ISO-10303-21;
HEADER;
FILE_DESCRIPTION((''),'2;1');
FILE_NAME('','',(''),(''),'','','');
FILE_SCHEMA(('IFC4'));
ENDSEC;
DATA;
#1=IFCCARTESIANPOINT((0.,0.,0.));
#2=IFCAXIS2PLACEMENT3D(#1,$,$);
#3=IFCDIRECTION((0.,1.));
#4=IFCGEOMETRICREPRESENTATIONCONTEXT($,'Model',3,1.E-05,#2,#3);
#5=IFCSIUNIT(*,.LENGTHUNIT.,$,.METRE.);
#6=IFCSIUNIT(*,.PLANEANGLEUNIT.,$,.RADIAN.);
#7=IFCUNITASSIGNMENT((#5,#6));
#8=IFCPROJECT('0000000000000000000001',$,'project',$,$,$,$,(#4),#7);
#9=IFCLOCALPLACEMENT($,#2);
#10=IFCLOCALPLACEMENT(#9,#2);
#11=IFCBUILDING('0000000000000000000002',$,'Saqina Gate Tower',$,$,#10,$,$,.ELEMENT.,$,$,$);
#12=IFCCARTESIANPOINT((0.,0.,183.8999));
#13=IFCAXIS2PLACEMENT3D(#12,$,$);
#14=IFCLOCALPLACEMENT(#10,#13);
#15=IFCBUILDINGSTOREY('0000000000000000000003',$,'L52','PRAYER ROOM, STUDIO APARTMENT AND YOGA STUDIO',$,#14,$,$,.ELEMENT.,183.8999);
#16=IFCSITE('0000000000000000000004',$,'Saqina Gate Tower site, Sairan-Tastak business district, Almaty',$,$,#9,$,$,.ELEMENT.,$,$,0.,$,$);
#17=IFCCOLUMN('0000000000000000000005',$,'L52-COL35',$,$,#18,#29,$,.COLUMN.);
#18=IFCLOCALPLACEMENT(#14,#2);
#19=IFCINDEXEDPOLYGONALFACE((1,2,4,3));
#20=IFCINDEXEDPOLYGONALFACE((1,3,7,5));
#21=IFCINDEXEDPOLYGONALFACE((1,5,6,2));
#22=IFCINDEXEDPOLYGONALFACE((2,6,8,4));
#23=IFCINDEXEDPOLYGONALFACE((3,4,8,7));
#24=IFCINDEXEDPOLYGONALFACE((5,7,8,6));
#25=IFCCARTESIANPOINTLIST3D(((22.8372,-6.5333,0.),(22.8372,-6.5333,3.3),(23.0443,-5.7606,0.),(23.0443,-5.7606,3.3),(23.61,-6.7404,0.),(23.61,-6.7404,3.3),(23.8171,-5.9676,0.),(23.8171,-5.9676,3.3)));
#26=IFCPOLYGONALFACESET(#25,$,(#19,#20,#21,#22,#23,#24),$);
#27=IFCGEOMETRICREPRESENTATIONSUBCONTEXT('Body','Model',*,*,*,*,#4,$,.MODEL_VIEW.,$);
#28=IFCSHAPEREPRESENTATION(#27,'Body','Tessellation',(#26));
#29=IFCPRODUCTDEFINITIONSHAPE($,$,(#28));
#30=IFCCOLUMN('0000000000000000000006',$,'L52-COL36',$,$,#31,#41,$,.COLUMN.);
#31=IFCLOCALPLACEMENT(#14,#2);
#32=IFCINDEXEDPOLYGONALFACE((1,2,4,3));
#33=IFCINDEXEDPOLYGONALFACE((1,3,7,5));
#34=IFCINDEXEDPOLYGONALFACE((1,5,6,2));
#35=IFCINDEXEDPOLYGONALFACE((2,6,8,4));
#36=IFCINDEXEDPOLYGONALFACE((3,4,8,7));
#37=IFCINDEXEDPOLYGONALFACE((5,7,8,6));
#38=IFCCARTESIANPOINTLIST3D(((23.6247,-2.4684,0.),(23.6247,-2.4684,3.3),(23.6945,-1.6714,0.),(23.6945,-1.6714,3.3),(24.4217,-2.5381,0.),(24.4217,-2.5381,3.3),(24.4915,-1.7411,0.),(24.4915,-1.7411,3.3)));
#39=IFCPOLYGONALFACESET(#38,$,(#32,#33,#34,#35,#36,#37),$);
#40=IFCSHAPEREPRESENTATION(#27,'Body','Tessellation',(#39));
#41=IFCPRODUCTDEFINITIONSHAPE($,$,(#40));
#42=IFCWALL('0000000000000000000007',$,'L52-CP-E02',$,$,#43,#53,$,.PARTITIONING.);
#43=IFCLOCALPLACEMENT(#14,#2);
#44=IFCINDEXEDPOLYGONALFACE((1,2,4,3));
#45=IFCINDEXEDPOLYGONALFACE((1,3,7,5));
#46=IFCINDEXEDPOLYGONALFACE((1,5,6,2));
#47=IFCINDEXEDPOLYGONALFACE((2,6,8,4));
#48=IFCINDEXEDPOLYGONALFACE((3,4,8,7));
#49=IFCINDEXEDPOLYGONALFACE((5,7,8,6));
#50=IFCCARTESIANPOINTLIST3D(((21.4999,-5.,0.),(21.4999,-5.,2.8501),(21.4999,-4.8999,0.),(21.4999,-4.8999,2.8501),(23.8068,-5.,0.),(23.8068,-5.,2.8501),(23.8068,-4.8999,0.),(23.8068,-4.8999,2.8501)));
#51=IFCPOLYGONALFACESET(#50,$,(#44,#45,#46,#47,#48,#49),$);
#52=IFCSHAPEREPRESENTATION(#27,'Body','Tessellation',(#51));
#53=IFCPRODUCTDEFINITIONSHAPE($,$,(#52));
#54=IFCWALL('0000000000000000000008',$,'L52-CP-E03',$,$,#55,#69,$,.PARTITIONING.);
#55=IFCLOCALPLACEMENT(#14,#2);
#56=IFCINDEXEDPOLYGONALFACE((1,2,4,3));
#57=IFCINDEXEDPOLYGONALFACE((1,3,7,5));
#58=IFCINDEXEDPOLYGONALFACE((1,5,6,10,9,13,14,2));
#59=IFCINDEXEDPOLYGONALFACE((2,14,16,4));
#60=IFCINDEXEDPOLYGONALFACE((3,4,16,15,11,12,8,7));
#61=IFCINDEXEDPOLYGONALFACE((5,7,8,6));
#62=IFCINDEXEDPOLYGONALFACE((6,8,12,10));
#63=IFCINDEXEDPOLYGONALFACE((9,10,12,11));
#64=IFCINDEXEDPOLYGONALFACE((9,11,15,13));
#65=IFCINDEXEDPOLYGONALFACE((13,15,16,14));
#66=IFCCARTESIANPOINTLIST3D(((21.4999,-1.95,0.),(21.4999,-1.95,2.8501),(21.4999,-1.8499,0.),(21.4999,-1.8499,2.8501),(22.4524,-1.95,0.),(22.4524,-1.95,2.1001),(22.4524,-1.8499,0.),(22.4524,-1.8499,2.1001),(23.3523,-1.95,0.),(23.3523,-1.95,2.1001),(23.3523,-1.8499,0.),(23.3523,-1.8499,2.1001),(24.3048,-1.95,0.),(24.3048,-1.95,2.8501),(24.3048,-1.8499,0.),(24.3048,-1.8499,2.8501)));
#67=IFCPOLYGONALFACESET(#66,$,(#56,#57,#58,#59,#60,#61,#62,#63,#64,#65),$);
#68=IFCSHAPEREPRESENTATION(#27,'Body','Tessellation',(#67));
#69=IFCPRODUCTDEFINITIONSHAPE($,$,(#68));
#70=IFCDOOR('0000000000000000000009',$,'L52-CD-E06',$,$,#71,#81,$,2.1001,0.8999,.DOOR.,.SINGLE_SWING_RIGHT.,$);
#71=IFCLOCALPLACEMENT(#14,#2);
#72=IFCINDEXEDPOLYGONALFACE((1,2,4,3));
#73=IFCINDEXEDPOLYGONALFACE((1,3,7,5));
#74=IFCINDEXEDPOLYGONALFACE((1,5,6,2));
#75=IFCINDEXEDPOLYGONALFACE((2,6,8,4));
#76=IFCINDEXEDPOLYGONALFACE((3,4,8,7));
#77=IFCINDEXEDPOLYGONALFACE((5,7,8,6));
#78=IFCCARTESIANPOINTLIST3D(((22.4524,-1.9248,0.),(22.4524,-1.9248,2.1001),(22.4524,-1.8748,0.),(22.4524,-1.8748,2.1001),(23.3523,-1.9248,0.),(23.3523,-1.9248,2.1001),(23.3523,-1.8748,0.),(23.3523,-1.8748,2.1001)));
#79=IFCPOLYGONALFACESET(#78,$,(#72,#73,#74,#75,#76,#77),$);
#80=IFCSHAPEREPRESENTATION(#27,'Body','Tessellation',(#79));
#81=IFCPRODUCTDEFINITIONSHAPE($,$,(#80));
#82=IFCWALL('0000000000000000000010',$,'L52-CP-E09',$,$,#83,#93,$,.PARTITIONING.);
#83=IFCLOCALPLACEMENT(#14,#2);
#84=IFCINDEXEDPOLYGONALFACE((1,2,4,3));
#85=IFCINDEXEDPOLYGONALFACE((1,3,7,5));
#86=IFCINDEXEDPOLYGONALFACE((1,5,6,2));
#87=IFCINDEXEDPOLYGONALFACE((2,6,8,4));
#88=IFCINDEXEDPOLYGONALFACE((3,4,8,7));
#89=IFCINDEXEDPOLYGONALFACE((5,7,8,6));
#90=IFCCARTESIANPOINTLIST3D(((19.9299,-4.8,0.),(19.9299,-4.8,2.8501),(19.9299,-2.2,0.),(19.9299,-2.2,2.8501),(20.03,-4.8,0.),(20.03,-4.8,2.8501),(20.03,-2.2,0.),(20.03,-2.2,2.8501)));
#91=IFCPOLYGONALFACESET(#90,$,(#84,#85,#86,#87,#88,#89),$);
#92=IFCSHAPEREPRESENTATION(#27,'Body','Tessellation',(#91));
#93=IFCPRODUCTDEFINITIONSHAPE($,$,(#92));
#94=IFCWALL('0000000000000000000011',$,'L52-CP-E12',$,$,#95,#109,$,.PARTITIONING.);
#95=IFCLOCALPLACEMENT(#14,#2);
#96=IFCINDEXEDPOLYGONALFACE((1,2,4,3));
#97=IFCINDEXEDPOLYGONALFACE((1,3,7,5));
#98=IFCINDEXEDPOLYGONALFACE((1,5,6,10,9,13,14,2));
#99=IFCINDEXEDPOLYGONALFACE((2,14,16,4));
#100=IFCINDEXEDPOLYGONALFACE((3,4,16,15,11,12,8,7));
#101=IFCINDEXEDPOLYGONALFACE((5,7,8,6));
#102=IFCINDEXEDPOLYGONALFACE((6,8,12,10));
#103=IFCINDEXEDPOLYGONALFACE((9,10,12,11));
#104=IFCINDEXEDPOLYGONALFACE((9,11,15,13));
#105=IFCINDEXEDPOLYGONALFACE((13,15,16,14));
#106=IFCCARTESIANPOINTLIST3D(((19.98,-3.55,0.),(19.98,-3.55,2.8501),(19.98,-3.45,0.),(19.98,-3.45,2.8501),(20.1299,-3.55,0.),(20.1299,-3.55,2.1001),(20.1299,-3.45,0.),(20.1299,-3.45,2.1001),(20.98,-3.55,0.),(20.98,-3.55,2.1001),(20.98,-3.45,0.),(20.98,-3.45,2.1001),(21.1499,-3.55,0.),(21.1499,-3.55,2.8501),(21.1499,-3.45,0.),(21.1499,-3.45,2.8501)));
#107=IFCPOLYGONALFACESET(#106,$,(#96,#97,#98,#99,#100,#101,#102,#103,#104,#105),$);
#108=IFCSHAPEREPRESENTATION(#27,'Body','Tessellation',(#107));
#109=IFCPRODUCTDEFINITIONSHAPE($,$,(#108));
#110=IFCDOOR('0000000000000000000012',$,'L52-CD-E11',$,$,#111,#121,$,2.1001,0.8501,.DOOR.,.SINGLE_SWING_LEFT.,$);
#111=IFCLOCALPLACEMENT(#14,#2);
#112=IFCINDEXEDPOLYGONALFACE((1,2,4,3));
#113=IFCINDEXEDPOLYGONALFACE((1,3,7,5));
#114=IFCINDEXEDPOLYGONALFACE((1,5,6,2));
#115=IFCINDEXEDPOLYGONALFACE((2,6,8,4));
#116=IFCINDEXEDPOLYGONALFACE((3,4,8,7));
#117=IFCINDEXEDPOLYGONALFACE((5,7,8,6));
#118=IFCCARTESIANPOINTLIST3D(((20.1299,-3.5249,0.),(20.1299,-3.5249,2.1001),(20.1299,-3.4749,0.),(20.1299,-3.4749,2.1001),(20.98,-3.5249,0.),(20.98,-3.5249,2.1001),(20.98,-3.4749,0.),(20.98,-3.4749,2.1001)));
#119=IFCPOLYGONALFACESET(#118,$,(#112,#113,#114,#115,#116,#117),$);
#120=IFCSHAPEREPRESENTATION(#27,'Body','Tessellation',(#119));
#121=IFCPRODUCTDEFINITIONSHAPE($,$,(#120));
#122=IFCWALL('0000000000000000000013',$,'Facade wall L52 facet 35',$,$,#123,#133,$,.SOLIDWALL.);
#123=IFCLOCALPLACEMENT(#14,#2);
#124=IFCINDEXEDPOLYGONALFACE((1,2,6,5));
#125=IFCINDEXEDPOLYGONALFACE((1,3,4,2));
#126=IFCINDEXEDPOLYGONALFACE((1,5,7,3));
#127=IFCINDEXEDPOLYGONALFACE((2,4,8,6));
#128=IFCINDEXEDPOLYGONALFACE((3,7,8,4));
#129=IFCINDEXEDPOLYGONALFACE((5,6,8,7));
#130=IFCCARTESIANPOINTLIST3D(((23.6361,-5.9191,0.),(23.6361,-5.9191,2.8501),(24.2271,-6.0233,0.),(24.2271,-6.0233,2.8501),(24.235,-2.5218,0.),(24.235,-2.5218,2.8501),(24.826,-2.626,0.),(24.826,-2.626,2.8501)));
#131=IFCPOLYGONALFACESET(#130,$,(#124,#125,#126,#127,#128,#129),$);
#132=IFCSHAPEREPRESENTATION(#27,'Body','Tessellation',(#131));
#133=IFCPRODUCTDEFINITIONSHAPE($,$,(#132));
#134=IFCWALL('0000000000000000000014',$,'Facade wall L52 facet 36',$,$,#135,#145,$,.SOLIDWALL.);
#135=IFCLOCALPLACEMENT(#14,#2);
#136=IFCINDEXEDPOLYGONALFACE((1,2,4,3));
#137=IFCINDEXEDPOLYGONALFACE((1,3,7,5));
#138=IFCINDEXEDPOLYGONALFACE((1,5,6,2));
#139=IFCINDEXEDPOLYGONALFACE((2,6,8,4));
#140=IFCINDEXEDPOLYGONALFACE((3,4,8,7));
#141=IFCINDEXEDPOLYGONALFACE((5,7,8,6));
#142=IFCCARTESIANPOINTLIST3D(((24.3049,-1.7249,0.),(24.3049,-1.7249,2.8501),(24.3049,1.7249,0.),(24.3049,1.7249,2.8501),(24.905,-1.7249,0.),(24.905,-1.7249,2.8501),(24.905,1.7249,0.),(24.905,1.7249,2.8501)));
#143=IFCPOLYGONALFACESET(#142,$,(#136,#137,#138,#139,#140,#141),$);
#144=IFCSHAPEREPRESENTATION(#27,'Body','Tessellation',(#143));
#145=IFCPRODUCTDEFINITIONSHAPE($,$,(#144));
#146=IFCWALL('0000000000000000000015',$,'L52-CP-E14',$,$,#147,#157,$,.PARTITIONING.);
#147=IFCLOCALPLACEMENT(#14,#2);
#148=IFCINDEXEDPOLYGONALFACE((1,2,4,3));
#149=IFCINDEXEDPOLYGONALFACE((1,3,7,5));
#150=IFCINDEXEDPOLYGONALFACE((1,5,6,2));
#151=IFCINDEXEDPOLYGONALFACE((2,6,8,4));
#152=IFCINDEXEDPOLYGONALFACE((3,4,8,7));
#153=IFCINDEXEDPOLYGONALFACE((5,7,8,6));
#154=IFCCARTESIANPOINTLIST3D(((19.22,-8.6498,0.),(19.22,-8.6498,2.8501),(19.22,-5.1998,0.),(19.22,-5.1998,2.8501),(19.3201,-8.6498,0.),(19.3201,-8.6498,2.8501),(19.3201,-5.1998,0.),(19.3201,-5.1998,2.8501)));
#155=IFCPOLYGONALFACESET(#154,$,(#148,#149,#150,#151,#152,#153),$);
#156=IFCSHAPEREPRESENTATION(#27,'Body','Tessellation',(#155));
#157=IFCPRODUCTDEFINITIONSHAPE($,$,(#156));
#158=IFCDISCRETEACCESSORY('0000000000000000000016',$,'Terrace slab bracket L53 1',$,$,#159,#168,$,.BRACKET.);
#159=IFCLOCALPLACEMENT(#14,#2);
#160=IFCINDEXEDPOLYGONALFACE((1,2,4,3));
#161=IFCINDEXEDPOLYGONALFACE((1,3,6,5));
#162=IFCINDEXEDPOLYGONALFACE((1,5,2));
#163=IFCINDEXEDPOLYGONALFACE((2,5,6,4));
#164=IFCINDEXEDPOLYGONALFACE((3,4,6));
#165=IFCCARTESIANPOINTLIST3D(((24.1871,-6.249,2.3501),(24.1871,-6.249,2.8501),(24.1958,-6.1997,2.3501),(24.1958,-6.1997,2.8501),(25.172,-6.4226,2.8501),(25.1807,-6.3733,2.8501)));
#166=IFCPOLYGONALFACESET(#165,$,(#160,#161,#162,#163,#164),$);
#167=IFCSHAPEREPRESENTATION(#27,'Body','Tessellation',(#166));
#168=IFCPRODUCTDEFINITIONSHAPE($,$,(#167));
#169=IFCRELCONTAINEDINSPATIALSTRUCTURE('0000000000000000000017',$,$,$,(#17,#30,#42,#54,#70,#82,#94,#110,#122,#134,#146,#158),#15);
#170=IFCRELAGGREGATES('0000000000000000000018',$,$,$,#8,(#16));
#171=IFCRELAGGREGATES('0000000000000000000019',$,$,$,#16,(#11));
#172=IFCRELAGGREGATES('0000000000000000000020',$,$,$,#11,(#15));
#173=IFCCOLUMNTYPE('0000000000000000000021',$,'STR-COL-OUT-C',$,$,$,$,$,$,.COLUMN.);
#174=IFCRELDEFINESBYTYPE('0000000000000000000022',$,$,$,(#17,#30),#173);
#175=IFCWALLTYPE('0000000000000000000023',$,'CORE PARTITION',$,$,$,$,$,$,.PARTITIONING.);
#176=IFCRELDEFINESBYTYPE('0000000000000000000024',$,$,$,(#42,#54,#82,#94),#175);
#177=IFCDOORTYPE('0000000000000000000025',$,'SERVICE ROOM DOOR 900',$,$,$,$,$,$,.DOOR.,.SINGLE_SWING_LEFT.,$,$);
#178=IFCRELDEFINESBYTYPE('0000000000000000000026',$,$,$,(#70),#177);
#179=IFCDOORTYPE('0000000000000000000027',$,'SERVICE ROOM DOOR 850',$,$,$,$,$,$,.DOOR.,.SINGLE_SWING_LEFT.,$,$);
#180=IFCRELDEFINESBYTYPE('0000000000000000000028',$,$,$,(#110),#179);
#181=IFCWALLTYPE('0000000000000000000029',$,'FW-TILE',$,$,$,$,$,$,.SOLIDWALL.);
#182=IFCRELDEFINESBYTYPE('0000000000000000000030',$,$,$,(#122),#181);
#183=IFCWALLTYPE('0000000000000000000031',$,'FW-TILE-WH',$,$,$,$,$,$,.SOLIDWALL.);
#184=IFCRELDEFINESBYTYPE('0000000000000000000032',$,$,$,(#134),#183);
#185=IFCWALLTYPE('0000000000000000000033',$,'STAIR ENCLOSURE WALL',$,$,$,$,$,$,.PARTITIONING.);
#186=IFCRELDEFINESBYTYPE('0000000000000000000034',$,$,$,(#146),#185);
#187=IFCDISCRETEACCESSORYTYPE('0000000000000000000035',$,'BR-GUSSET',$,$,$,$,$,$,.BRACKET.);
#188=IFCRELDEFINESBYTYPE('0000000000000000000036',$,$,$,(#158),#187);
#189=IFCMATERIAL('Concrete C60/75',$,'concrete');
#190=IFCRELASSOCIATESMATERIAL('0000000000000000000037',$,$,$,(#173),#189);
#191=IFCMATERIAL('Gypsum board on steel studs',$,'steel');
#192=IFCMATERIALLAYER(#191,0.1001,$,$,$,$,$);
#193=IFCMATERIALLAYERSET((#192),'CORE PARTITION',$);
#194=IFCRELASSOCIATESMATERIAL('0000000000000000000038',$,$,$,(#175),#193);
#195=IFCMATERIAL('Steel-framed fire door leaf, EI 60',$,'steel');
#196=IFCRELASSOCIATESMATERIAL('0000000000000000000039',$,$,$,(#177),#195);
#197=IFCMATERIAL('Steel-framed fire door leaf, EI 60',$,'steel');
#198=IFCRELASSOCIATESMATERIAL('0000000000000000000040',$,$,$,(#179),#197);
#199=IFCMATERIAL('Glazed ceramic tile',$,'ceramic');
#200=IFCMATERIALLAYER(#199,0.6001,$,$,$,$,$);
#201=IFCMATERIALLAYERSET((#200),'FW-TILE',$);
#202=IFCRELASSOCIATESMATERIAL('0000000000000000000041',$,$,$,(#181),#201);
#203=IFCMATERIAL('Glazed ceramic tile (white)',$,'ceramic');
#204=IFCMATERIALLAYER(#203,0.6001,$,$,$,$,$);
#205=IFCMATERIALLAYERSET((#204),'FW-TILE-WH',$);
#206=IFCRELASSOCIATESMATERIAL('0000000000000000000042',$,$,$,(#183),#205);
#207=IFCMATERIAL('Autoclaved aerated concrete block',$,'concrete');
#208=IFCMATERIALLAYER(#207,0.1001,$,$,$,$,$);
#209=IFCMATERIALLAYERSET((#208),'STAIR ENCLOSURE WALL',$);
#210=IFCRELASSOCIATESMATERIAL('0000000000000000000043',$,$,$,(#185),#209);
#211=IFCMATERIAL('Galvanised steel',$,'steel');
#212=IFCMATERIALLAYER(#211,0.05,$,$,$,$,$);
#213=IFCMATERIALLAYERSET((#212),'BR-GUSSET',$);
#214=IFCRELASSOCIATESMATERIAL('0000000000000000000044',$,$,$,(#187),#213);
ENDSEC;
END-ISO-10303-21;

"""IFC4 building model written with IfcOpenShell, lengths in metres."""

from ifc_helpers import new_model, si_unit, direction, frame, frame_2d, origin, origin_2d, place, context, subcontext, project, spatial, polyline, rectangle, outline, extrude, material, layer, layer_set, material_profile, profile_set, type_object, element, fill, save


model = new_model("IFC4")

# Units and contexts
model_context = context("Model", 3, precision=1e-05, world=origin(), true_north=direction((0.0, 1.0)))
body_context = subcontext(model_context, "Body", "Model", "MODEL_VIEW")
ifc_project = project(units=[si_unit("LENGTHUNIT", "METRE"), si_unit("PLANEANGLEUNIT", "RADIAN")], contexts=[model_context])

# Site, building, storey
site_placement = place(None, origin())
site = spatial("IfcSite", under=ifc_project, at=site_placement, Name="Saqina Gate Tower site, Sairan-Tastak business district, Almaty", CompositionType="ELEMENT", RefElevation=0.0)
building_placement = place(site_placement, origin())
building = spatial("IfcBuilding", under=site, at=building_placement, Name="Saqina Gate Tower", CompositionType="ELEMENT")
storey_placement = place(building_placement, frame((0.0, 0.0, 183.8999)))
storey = spatial("IfcBuildingStorey", under=building, at=storey_placement, Name="L52", Description="PRAYER ROOM, STUDIO APARTMENT AND YOGA STUDIO", CompositionType="ELEMENT", Elevation=183.8999)

# Columns
ifc_material_1 = material(Name="Concrete C60/75", Category="concrete")
ifc_material_profile = material_profile(ifc_material_1, rectangle(XDim=0.8, YDim=0.8, at=origin_2d()), Name="RC 800x800")
ifc_profile_set = profile_set([ifc_material_profile], Name="Concrete C60/75")
column_type = type_object("IfcColumnType", Name="STR-COL-OUT-C", PredefinedType="COLUMN", material=ifc_profile_set)
for number, where, z_axis, x_axis, name in (
    (1, (23.3271, -6.2505, 0.0), (0.0, 0.0, 1.0), (0.965926, -0.258819, 0.0), "L52-COL35"),
    (2, (24.0581, -2.1047, 0.0), (0.0, 0.0, 1.0), (0.996195, -0.087156, 0.0), "L52-COL36"),
):
    element("IfcColumn", number, at=place(storey_placement, frame(where, z_axis=z_axis, x_axis=x_axis)), inside=storey, type_object=column_type, Name=name, PredefinedType="COLUMN", context=body_context, shape_type="SweptSolid", body=[
        extrude(rectangle(XDim=0.8, YDim=0.8, at=origin_2d()), origin(), (0.0, 0.0, 1.0), 3.3),
    ])

# Wall
ifc_material_2 = material(Name="Gypsum board on steel studs", Category="steel")
ifc_layer_1 = layer(ifc_material_2, 0.1001)
ifc_layer_set_1 = layer_set([ifc_layer_1], Name="CORE PARTITION")
wall_type_1 = type_object("IfcWallType", Name="CORE PARTITION", PredefinedType="PARTITIONING", material=ifc_layer_set_1)
wall_1_placement = place(storey_placement, frame((21.5, -4.95, 0.0), z_axis=(0.0, 0.0, 1.0), x_axis=(1.0, 0.0, 0.0)))
element("IfcWall", 3, at=wall_1_placement, inside=storey, type_object=wall_type_1, Name="L52-CP-E02", PredefinedType="PARTITIONING", context=body_context, shape_type="SweptSolid", body=[
    extrude(rectangle(XDim=2.3069, YDim=0.1001, at=frame_2d((1.1533, 0.0))), origin(), (0.0, 0.0, 1.0), 2.8501),
])

# Wall, opening, door
wall_2_placement = place(storey_placement, frame((21.5, -1.8999, 0.0), z_axis=(0.0, 0.0, 1.0), x_axis=(1.0, 0.0, 0.0)))
wall_2 = element("IfcWall", 4, at=wall_2_placement, inside=storey, type_object=wall_type_1, Name="L52-CP-E03", PredefinedType="PARTITIONING", context=body_context, shape_type="SweptSolid", body=[
    extrude(rectangle(XDim=2.8049, YDim=0.1001, at=frame_2d((1.4023, 0.0))), origin(), (0.0, 0.0, 1.0), 2.8501),
])
opening_1_placement = place(wall_2_placement, frame((0.9524, 0.0, 0.0)))
opening_1 = element("IfcOpeningElement", 5, at=opening_1_placement, cuts=wall_2, PredefinedType="OPENING", context=body_context, shape_type="SweptSolid", body=[
    extrude(rectangle(XDim=0.8999, YDim=2.1001, at=frame_2d((0.45, 1.05))), frame((0.0, 0.062, 0.0), z_axis=(0.0, -1.0, 0.0), x_axis=(1.0, 0.0, 0.0)), (0.0, 0.0, 1.0), 0.124),
])
ifc_material_3 = material(Name="Steel-framed fire door leaf, EI 60", Category="steel")
door_type_1 = type_object("IfcDoorType", Name="SERVICE ROOM DOOR 900", OperationType="SINGLE_SWING_LEFT", PredefinedType="DOOR", material=ifc_material_3)
door_1_placement = place(opening_1_placement, frame((0.8999, 0.0, 0.0), z_axis=(0.0, 0.0, 1.0), x_axis=(-1.0, 0.0, 0.0)))
door_1 = element("IfcDoor", 6, at=door_1_placement, inside=storey, type_object=door_type_1, Name="L52-CD-E06", OperationType="SINGLE_SWING_RIGHT", OverallHeight=2.1001, OverallWidth=0.8999, PredefinedType="DOOR", context=body_context, shape_type="SweptSolid", body=[
    extrude(rectangle(XDim=0.8999, YDim=2.1001, at=frame_2d((0.45, 1.05))), frame((0.0, 0.0249, 0.0), z_axis=(0.0, -1.0, 0.0), x_axis=(1.0, 0.0, 0.0)), (0.0, 0.0, 1.0), 0.05),
])
fill(opening_1, door_1)

# Wall
wall_3_placement = place(storey_placement, frame((19.98, -4.8, 0.0), z_axis=(0.0, 0.0, 1.0), x_axis=(0.0, 1.0, 0.0)))
element("IfcWall", 7, at=wall_3_placement, inside=storey, type_object=wall_type_1, Name="L52-CP-E09", PredefinedType="PARTITIONING", context=body_context, shape_type="SweptSolid", body=[
    extrude(rectangle(XDim=2.6001, YDim=0.1001, at=frame_2d((1.3, 0.0))), origin(), (0.0, 0.0, 1.0), 2.8501),
])

# Wall, opening, door
wall_4_placement = place(storey_placement, frame((19.98, -3.5, 0.0), z_axis=(0.0, 0.0, 1.0), x_axis=(1.0, 0.0, 0.0)))
wall_4 = element("IfcWall", 8, at=wall_4_placement, inside=storey, type_object=wall_type_1, Name="L52-CP-E12", PredefinedType="PARTITIONING", context=body_context, shape_type="SweptSolid", body=[
    extrude(rectangle(XDim=1.1699, YDim=0.1001, at=frame_2d((0.585, 0.0))), origin(), (0.0, 0.0, 1.0), 2.8501),
])
opening_2_placement = place(wall_4_placement, frame((0.1499, 0.0, 0.0)))
opening_2 = element("IfcOpeningElement", 9, at=opening_2_placement, cuts=wall_4, PredefinedType="OPENING", context=body_context, shape_type="SweptSolid", body=[
    extrude(rectangle(XDim=0.8501, YDim=2.1001, at=frame_2d((0.425, 1.05))), frame((0.0, 0.062, 0.0), z_axis=(0.0, -1.0, 0.0), x_axis=(1.0, 0.0, 0.0)), (0.0, 0.0, 1.0), 0.124),
])
ifc_material_4 = material(Name="Steel-framed fire door leaf, EI 60", Category="steel")
door_type_2 = type_object("IfcDoorType", Name="SERVICE ROOM DOOR 850", OperationType="SINGLE_SWING_LEFT", PredefinedType="DOOR", material=ifc_material_4)
door_2_placement = place(opening_2_placement, frame((0.8501, 0.0, 0.0), z_axis=(0.0, 0.0, 1.0), x_axis=(-1.0, 0.0, 0.0)))
door_2 = element("IfcDoor", 10, at=door_2_placement, inside=storey, type_object=door_type_2, Name="L52-CD-E11", OperationType="SINGLE_SWING_LEFT", OverallHeight=2.1001, OverallWidth=0.8501, PredefinedType="DOOR", context=body_context, shape_type="SweptSolid", body=[
    extrude(rectangle(XDim=0.8501, YDim=2.1001, at=frame_2d((0.425, 1.05))), frame((0.0, 0.0249, 0.0), z_axis=(0.0, -1.0, 0.0), x_axis=(1.0, 0.0, 0.0)), (0.0, 0.0, 1.0), 0.05),
])
fill(opening_2, door_2)

# Walls
ifc_material_5 = material(Name="Glazed ceramic tile", Category="ceramic")
ifc_layer_2 = layer(ifc_material_5, 0.6001)
ifc_layer_set_2 = layer_set([ifc_layer_2], Name="FW-TILE")
wall_type_2 = type_object("IfcWallType", Name="FW-TILE", PredefinedType="SOLIDWALL", material=ifc_layer_set_2)
wall_5_placement = place(storey_placement, frame((23.9316, -5.9712, 0.0), z_axis=(0.0, 0.0, 1.0), x_axis=(0.173608, 0.984815, 0.0)))
element("IfcWall", 11, at=wall_5_placement, inside=storey, type_object=wall_type_2, Name="Facade wall L52 facet 35", PredefinedType="SOLIDWALL", context=body_context, shape_type="SweptSolid", body=[
    extrude(rectangle(XDim=3.4497, YDim=0.6001, at=frame_2d((1.7249, 0.0))), origin(), (0.0, 0.0, 1.0), 2.8501),
])
ifc_material_6 = material(Name="Glazed ceramic tile (white)", Category="ceramic")
ifc_layer_3 = layer(ifc_material_6, 0.6001)
ifc_layer_set_3 = layer_set([ifc_layer_3], Name="FW-TILE-WH")
wall_type_3 = type_object("IfcWallType", Name="FW-TILE-WH", PredefinedType="SOLIDWALL", material=ifc_layer_set_3)
wall_6_placement = place(storey_placement, frame((24.605, -1.7249, 0.0), z_axis=(0.0, 0.0, 1.0), x_axis=(0.0, 1.0, 0.0)))
element("IfcWall", 12, at=wall_6_placement, inside=storey, type_object=wall_type_3, Name="Facade wall L52 facet 36", PredefinedType="SOLIDWALL", context=body_context, shape_type="SweptSolid", body=[
    extrude(rectangle(XDim=3.4497, YDim=0.6001, at=frame_2d((1.7249, 0.0))), origin(), (0.0, 0.0, 1.0), 2.8501),
])
ifc_material_7 = material(Name="Autoclaved aerated concrete block", Category="concrete")
ifc_layer_4 = layer(ifc_material_7, 0.1001)
ifc_layer_set_4 = layer_set([ifc_layer_4], Name="STAIR ENCLOSURE WALL")
wall_type_4 = type_object("IfcWallType", Name="STAIR ENCLOSURE WALL", PredefinedType="PARTITIONING", material=ifc_layer_set_4)
wall_7_placement = place(storey_placement, frame((19.27, -8.6499, 0.0), z_axis=(0.0, 0.0, 1.0), x_axis=(0.0, 1.0, 0.0)))
element("IfcWall", 13, at=wall_7_placement, inside=storey, type_object=wall_type_4, Name="L52-CP-E14", PredefinedType="PARTITIONING", context=body_context, shape_type="SweptSolid", body=[
    extrude(rectangle(XDim=3.45, YDim=0.1001, at=frame_2d((1.7251, 0.0))), origin(), (0.0, 0.0, 1.0), 2.8501),
])

# Discrete accessory
ifc_material_8 = material(Name="Galvanised steel", Category="steel")
ifc_layer_5 = layer(ifc_material_8, 0.05)
ifc_layer_set_5 = layer_set([ifc_layer_5], Name="BR-GUSSET")
discrete_accessory_type = type_object("IfcDiscreteAccessoryType", Name="BR-GUSSET", PredefinedType="BRACKET", material=ifc_layer_set_5)
discrete_accessory_1_placement = place(storey_placement, frame((24.1958, -6.1997, 2.3501), z_axis=(0.173576, 0.98482, 0.0), x_axis=(0.0, 0.0, 1.0)))
element("IfcDiscreteAccessory", 14, at=discrete_accessory_1_placement, inside=storey, type_object=discrete_accessory_type, Name="Terrace slab bracket L53 1", PredefinedType="BRACKET", context=body_context, shape_type="SweptSolid", body=[
    extrude(outline(polyline([(0.0, 0.0), (0.5, 0.0), (0.5, 1.0), (0.0, 0.0)])), origin(), (0.0, 0.0, -1.0), 0.05),
])

save(model, "model.ifc")
